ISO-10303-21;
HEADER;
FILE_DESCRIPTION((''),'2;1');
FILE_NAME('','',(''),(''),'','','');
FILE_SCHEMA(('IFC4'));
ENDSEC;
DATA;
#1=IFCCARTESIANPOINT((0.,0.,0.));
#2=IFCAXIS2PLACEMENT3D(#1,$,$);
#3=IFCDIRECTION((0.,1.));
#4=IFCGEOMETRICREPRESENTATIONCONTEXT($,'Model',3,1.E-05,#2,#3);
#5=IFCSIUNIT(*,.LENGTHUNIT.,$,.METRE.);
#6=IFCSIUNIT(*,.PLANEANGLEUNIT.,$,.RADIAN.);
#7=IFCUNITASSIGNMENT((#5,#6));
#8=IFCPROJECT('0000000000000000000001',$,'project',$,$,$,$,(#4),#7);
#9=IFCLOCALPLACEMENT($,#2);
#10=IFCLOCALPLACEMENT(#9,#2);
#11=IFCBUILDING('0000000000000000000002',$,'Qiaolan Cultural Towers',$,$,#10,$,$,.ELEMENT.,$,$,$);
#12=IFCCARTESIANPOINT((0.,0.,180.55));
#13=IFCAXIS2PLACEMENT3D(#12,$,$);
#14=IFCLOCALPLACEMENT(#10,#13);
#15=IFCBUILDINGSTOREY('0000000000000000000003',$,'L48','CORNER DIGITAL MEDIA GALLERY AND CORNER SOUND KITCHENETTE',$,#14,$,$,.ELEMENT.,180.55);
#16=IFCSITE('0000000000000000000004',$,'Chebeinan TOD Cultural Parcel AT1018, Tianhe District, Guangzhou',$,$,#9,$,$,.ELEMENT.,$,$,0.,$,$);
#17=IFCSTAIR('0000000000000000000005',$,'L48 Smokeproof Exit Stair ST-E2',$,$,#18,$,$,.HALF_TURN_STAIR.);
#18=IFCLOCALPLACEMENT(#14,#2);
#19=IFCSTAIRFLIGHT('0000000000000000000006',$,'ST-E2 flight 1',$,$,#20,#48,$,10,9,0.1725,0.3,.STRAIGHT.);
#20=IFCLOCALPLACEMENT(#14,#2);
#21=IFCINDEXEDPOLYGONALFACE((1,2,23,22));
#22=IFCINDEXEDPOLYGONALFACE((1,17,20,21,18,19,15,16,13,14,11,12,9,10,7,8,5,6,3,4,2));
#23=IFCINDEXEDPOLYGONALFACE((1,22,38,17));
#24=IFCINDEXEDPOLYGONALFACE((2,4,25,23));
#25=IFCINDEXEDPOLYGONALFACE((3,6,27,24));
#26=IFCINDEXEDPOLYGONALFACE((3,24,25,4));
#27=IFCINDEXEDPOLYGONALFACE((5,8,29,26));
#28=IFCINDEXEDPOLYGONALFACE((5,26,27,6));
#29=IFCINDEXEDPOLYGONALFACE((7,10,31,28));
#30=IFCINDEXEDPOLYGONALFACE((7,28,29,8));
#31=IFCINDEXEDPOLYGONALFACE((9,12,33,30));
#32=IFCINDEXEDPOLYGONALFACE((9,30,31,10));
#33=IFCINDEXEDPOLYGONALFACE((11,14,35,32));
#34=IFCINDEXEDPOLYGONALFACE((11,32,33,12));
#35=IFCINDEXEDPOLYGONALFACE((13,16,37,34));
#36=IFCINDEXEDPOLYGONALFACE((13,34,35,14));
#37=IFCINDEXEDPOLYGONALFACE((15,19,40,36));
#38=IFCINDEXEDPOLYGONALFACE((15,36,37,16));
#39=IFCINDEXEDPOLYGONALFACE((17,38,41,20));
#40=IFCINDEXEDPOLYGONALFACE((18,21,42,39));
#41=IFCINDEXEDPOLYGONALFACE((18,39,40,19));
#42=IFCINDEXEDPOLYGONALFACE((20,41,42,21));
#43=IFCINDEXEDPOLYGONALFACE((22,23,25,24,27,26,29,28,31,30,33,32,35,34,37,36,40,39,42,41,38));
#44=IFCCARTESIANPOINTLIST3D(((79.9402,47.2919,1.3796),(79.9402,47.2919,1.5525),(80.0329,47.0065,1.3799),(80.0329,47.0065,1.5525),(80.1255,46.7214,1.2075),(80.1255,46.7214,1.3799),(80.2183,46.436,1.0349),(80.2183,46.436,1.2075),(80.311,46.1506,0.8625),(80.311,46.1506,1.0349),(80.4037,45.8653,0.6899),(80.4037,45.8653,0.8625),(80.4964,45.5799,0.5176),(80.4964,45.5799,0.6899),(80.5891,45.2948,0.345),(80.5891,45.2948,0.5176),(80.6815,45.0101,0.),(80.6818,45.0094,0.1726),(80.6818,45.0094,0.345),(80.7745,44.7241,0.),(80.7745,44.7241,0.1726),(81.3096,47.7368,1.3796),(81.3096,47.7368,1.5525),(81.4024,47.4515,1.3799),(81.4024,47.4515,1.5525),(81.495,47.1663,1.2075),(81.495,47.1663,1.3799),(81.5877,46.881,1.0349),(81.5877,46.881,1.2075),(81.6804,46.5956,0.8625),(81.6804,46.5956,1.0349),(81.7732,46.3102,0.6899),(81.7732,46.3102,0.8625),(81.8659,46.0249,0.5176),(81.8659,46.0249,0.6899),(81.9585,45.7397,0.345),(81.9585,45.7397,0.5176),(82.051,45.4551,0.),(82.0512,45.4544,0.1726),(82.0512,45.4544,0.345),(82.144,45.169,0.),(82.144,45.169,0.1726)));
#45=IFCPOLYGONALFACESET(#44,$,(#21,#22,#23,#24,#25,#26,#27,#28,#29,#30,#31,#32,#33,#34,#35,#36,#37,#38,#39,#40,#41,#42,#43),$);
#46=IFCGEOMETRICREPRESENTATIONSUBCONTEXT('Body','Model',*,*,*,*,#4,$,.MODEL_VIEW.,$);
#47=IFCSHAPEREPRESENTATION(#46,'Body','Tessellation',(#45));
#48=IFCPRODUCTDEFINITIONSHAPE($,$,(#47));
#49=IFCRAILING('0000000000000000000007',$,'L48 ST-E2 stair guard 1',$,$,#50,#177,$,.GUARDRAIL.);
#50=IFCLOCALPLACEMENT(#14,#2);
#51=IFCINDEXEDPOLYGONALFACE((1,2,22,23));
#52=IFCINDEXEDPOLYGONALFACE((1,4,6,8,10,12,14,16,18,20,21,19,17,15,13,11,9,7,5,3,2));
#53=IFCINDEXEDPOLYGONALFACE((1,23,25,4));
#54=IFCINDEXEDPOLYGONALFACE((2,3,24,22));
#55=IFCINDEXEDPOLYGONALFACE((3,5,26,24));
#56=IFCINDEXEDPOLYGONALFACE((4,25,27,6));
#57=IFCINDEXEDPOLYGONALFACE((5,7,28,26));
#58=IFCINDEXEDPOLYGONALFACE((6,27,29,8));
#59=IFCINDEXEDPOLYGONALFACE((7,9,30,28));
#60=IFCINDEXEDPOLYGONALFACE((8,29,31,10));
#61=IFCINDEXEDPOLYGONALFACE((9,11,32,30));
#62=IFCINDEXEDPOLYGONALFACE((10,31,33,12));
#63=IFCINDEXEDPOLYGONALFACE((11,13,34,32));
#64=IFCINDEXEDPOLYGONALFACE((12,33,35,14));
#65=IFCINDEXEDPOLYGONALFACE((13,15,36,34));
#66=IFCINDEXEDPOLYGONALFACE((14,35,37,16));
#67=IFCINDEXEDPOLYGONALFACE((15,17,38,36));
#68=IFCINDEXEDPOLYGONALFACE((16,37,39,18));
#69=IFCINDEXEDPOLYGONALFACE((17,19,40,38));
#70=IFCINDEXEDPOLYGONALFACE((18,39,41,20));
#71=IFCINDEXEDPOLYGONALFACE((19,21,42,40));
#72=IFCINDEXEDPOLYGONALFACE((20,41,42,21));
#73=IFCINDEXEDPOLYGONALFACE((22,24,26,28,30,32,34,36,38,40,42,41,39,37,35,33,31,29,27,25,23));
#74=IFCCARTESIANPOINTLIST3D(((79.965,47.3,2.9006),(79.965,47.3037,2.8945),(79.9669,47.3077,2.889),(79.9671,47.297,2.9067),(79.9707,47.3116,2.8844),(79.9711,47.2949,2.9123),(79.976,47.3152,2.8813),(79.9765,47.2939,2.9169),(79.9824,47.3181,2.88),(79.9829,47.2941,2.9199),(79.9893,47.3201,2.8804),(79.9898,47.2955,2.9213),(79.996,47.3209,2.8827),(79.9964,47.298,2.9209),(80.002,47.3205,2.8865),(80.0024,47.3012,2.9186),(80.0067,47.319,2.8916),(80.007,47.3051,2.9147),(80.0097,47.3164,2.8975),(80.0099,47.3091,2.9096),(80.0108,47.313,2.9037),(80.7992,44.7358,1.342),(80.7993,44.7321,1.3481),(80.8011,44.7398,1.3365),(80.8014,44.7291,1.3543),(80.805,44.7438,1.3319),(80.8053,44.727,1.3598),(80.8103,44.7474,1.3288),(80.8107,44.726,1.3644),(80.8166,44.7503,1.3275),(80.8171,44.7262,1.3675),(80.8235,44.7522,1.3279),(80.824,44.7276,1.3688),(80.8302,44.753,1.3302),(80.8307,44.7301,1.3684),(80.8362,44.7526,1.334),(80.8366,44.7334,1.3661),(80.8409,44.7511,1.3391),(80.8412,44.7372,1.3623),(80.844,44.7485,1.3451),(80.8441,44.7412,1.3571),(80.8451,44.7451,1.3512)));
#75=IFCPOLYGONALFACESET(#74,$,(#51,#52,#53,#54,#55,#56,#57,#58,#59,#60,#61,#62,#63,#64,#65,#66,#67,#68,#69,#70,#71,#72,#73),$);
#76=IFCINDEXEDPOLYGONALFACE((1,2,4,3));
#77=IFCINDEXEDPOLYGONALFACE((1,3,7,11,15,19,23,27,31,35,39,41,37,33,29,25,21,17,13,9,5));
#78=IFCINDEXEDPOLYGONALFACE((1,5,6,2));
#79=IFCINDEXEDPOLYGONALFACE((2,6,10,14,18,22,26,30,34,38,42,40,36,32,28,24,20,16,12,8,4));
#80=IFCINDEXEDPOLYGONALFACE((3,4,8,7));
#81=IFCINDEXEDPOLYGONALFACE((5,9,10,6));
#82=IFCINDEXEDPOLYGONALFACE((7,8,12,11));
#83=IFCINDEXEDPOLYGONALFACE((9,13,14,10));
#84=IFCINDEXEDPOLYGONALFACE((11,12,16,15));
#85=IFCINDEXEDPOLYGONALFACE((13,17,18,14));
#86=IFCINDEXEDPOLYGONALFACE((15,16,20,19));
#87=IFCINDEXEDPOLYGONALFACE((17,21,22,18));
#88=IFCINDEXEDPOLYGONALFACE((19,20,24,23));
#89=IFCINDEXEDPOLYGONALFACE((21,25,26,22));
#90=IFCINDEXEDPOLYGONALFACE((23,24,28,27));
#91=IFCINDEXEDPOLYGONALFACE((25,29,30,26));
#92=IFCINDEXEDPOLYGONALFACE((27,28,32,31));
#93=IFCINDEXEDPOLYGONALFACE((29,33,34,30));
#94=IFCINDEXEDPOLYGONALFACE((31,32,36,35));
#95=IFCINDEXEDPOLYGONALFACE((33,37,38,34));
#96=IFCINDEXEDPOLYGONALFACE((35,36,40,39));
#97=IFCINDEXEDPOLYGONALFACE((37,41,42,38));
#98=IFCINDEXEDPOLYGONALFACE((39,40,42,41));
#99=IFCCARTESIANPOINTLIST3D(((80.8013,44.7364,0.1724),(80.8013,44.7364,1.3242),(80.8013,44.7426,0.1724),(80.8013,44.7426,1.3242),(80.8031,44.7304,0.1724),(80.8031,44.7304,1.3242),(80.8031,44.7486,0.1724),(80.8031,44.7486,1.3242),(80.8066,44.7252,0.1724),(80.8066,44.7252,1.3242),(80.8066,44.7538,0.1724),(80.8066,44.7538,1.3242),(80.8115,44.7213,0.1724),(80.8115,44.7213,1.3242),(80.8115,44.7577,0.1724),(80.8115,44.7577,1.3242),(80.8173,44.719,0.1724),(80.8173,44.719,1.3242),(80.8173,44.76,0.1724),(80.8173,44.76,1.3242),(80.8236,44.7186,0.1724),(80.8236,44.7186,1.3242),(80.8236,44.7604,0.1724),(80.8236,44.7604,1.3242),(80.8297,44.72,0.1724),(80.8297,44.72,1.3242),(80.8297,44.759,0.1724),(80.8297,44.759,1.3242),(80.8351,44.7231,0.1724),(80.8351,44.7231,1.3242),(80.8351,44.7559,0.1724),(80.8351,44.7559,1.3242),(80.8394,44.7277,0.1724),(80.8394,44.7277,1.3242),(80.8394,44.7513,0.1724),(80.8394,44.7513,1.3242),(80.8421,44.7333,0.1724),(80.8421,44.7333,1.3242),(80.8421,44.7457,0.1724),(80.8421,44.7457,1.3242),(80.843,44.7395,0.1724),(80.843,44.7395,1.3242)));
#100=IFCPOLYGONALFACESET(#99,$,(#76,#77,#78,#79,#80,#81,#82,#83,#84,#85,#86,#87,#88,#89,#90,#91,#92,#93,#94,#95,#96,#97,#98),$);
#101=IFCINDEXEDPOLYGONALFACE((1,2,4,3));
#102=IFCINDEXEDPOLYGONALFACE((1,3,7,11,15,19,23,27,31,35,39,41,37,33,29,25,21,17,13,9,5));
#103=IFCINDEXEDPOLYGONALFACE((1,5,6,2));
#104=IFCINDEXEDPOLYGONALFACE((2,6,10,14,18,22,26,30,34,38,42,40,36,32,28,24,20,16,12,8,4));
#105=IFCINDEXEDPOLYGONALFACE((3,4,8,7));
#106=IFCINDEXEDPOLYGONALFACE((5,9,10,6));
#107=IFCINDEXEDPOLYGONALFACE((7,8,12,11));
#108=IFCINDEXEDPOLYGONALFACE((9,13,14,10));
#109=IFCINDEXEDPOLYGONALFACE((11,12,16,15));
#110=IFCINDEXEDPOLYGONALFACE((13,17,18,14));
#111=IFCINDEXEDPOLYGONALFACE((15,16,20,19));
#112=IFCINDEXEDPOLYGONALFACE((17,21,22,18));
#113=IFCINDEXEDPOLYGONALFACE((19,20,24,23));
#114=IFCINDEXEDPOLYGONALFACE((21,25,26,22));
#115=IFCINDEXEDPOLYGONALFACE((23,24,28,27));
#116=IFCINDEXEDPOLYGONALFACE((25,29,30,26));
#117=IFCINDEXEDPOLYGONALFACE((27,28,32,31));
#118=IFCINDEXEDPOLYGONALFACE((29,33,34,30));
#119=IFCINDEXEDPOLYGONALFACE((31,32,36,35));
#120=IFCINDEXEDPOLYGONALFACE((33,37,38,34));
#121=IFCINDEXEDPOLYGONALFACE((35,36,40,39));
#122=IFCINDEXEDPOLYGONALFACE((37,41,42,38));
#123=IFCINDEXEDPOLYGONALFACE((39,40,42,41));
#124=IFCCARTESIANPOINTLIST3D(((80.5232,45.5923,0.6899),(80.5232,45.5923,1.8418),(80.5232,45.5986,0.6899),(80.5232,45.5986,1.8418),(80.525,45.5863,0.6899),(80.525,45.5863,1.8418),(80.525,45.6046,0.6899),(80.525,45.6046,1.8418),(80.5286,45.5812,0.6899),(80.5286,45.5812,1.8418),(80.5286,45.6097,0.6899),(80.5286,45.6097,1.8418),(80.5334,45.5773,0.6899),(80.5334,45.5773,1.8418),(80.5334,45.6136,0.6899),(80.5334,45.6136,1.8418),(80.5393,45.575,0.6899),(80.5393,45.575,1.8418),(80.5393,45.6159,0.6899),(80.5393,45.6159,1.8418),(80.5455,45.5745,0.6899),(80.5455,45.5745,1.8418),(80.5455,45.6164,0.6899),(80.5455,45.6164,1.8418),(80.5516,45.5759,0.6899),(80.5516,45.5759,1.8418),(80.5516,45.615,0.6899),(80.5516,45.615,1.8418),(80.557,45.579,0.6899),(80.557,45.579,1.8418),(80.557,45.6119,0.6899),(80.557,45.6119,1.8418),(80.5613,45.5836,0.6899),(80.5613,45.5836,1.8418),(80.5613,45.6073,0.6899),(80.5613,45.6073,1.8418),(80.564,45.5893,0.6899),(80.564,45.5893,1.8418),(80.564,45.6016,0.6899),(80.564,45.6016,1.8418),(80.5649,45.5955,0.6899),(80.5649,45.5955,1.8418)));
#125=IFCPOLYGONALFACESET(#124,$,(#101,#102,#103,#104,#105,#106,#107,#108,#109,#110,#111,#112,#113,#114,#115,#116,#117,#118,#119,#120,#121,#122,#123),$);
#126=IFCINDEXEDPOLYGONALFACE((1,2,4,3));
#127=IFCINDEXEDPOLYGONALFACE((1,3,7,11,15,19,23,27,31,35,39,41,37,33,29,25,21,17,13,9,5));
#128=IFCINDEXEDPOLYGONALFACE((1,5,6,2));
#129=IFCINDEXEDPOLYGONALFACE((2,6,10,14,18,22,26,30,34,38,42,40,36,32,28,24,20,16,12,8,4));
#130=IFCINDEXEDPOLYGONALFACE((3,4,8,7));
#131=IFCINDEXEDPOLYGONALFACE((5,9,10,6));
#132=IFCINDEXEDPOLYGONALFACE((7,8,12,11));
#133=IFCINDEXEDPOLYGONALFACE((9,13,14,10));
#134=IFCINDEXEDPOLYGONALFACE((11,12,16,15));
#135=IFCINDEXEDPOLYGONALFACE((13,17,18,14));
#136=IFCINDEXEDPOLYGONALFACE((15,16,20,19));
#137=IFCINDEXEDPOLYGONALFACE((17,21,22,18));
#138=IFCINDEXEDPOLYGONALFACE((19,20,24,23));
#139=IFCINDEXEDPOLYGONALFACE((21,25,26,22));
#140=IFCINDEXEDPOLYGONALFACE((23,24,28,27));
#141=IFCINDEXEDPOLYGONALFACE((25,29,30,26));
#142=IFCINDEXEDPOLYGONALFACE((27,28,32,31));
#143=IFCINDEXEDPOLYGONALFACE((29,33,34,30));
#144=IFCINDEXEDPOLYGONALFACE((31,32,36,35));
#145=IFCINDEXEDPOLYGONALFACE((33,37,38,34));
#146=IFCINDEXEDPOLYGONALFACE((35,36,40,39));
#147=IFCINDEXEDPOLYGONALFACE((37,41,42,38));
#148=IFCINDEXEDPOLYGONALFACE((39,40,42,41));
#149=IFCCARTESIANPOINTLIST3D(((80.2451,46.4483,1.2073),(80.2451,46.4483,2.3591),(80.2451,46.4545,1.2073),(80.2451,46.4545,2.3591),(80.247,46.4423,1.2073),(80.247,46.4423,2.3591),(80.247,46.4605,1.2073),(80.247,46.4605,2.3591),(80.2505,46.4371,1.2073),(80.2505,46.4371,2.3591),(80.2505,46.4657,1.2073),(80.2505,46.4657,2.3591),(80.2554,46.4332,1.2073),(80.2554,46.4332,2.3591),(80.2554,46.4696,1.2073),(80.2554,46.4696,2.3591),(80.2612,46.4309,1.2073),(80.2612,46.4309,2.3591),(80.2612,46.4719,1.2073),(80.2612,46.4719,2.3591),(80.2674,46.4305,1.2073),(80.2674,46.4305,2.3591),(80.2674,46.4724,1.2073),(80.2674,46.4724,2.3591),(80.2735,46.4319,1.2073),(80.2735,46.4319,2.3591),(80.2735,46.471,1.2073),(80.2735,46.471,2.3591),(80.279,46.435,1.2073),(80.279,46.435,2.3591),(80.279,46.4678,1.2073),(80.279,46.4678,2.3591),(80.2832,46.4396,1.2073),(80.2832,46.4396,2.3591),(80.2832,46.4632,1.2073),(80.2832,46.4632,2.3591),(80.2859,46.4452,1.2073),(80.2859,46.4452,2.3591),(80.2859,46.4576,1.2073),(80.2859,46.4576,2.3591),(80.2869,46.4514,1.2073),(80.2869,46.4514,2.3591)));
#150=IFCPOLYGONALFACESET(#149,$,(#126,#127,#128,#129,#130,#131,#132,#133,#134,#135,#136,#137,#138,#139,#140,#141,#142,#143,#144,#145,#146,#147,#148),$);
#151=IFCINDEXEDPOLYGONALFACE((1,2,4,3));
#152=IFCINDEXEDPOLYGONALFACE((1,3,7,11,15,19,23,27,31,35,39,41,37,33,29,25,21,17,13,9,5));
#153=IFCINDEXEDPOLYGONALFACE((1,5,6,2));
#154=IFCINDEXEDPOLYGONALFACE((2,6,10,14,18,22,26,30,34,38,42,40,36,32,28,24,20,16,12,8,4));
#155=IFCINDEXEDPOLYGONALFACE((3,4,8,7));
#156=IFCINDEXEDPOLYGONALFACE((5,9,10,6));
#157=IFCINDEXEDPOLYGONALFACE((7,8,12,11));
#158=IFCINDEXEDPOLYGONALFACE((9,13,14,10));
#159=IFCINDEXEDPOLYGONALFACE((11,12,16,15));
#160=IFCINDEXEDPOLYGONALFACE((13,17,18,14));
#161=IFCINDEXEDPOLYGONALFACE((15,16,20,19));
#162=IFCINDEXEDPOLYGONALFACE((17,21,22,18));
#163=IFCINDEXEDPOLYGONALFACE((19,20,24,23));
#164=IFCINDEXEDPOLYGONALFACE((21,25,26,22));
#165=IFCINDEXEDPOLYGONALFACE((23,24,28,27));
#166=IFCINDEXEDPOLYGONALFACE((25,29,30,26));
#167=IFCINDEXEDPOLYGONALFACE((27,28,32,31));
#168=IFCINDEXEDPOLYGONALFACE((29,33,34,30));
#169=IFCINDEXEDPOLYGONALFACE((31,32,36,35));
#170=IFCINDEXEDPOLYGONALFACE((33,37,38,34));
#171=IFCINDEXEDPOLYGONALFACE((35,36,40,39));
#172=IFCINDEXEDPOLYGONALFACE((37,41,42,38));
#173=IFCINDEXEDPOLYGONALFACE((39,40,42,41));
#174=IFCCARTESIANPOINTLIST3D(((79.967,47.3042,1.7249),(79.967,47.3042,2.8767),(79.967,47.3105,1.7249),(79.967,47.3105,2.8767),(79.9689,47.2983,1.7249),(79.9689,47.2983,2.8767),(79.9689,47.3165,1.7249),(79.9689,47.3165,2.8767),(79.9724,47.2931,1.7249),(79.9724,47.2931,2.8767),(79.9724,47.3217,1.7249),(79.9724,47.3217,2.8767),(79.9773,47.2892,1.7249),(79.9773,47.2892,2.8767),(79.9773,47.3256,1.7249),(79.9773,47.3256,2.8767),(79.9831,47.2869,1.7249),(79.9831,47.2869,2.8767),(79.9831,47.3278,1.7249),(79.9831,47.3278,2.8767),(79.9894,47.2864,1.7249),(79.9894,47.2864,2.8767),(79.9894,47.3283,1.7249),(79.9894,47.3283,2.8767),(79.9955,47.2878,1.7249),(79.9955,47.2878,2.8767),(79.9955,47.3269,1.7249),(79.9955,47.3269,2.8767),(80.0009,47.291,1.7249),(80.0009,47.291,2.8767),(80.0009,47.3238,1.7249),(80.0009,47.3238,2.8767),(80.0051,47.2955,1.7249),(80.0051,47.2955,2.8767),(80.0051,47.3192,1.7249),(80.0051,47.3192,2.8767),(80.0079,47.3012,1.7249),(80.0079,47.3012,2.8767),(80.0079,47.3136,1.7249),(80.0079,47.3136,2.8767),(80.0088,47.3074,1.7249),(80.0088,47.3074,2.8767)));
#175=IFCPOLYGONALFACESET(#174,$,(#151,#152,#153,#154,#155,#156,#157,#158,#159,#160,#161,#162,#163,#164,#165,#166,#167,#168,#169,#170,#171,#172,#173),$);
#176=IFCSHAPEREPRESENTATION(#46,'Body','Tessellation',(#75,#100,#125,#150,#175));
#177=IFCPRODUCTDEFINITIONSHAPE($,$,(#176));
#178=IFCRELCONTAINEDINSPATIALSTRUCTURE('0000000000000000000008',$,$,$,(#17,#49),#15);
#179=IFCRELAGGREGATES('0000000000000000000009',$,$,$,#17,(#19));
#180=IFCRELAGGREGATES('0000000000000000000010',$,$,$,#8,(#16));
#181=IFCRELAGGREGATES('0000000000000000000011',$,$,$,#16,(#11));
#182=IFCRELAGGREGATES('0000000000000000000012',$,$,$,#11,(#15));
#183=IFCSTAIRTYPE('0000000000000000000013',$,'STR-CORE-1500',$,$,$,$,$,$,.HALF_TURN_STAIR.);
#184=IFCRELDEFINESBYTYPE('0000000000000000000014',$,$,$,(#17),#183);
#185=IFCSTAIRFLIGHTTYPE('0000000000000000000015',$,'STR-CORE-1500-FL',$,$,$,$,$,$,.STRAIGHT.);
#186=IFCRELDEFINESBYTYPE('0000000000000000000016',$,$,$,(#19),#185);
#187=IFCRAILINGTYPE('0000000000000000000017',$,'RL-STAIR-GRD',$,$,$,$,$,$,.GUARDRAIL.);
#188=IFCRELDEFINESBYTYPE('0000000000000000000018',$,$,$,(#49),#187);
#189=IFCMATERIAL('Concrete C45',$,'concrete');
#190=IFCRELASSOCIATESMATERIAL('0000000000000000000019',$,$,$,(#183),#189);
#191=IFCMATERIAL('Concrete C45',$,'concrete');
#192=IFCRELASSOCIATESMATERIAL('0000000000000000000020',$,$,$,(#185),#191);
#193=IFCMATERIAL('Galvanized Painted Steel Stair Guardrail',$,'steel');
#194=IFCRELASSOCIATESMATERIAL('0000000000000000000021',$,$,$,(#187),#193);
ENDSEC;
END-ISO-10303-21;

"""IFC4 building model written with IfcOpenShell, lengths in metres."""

from ifc_helpers import new_model, si_unit, direction, frame, origin, origin_2d, place, context, subcontext, project, spatial, polyline, circle, outline, extrude, material, type_object, element, aggregate, save


model = new_model("IFC4")

# Units and contexts
model_context = context("Model", 3, precision=1e-05, world=origin(), true_north=direction((0.0, 1.0)))
body_context = subcontext(model_context, "Body", "Model", "MODEL_VIEW")
ifc_project = project(units=[si_unit("LENGTHUNIT", "METRE"), si_unit("PLANEANGLEUNIT", "RADIAN")], contexts=[model_context])

# Site, building, storey
site_placement = place(None, origin())
site = spatial("IfcSite", under=ifc_project, at=site_placement, Name="Chebeinan TOD Cultural Parcel AT1018, Tianhe District, Guangzhou", CompositionType="ELEMENT", RefElevation=0.0)
building_placement = place(site_placement, origin())
building = spatial("IfcBuilding", under=site, at=building_placement, Name="Qiaolan Cultural Towers", CompositionType="ELEMENT")
storey_placement = place(building_placement, frame((0.0, 0.0, 180.55)))
storey = spatial("IfcBuildingStorey", under=building, at=storey_placement, Name="L48", Description="CORNER DIGITAL MEDIA GALLERY AND CORNER SOUND KITCHENETTE", CompositionType="ELEMENT", Elevation=180.55)

# Stair, stair flight
ifc_material_1 = material(Name="Concrete C45", Category="concrete")
stair_type = type_object("IfcStairType", Name="STR-CORE-1500", PredefinedType="HALF_TURN_STAIR", material=ifc_material_1)
stair_placement = place(storey_placement, origin())
stair = element("IfcStair", 1, at=stair_placement, inside=storey, type_object=stair_type, Name="L48 Smokeproof Exit Stair ST-E2", PredefinedType="HALF_TURN_STAIR")
ifc_material_2 = material(Name="Concrete C45", Category="concrete")
stair_flight_type = type_object("IfcStairFlightType", Name="STR-CORE-1500-FL", PredefinedType="STRAIGHT", material=ifc_material_2)
stair_flight_placement = place(storey_placement, frame((81.4592, 44.9465, 0.0), z_axis=(0.0, 0.0, 1.0), x_axis=(-0.309017, 0.951057, 0.0)))
stair_flight = element("IfcStairFlight", 2, at=stair_flight_placement, type_object=stair_flight_type, Name="ST-E2 flight 1", NumberOfRisers=10, NumberOfTreads=9, PredefinedType="STRAIGHT", RiserHeight=0.1725, TreadLength=0.3, context=body_context, shape_type="SweptSolid", body=[
    extrude(outline(polyline([(0.0, 0.0), (0.0, 0.1726), (0.3, 0.1726), (0.3, 0.345), (0.6001, 0.345), (0.6001, 0.5176), (0.8999, 0.5176), (0.8999, 0.6899), (1.2, 0.6899), (1.2, 0.8625), (1.5, 0.8625), (1.5, 1.0349), (1.8, 1.0349), (1.8, 1.2075), (2.1001, 1.2075), (2.1001, 1.3799), (2.3999, 1.3799), (2.3999, 1.5525), (2.7, 1.5525), (2.7, 1.7251), (2.7, 1.3796), (0.3008, 0.0), (0.0, 0.0)])), frame((0.0, 0.72, 0.0), z_axis=(0.0, -1.0, 0.0), x_axis=(1.0, 0.0, 0.0)), (0.0, 0.0, 1.0), 1.4399),
])
aggregate(stair, [stair_flight])

# Railing
ifc_material_3 = material(Name="Galvanized Painted Steel Stair Guardrail", Category="steel")
railing_type_1 = type_object("IfcRailingType", Name="RL-STAIR-GRD", PredefinedType="GUARDRAIL", material=ifc_material_3)
railing_1_placement = place(storey_placement, frame((80.822, 44.7395, 0.1724)))
element("IfcRailing", 3, at=railing_1_placement, inside=storey, type_object=railing_type_1, Name="L48 ST-E2 stair guard 1", PredefinedType="GUARDRAIL", context=body_context, shape_type="SweptSolid", body=[
    extrude(circle(Radius=0.0239, at=origin_2d()), frame((0.0, 0.0, 1.1758), z_axis=(-0.267853, 0.824488, 0.498471), x_axis=(-0.95107, -0.308976, 0.0)), (0.0, 0.0, 1.0), 3.1145),
    extrude(circle(Radius=0.021, at=origin_2d()), origin(), (0.0, 0.0, 1.0), 1.1519),
    extrude(circle(Radius=0.021, at=origin_2d()), frame((-0.2781, 0.856, 0.5176)), (0.0, 0.0, 1.0), 1.1519),
    extrude(circle(Radius=0.021, at=origin_2d()), frame((-0.5562, 1.7119, 1.0349)), (0.0, 0.0, 1.0), 1.1519),
    extrude(circle(Radius=0.021, at=origin_2d()), frame((-0.8342, 2.5679, 1.5525)), (0.0, 0.0, 1.0), 1.1519),
])

save(model, "model.ifc")
